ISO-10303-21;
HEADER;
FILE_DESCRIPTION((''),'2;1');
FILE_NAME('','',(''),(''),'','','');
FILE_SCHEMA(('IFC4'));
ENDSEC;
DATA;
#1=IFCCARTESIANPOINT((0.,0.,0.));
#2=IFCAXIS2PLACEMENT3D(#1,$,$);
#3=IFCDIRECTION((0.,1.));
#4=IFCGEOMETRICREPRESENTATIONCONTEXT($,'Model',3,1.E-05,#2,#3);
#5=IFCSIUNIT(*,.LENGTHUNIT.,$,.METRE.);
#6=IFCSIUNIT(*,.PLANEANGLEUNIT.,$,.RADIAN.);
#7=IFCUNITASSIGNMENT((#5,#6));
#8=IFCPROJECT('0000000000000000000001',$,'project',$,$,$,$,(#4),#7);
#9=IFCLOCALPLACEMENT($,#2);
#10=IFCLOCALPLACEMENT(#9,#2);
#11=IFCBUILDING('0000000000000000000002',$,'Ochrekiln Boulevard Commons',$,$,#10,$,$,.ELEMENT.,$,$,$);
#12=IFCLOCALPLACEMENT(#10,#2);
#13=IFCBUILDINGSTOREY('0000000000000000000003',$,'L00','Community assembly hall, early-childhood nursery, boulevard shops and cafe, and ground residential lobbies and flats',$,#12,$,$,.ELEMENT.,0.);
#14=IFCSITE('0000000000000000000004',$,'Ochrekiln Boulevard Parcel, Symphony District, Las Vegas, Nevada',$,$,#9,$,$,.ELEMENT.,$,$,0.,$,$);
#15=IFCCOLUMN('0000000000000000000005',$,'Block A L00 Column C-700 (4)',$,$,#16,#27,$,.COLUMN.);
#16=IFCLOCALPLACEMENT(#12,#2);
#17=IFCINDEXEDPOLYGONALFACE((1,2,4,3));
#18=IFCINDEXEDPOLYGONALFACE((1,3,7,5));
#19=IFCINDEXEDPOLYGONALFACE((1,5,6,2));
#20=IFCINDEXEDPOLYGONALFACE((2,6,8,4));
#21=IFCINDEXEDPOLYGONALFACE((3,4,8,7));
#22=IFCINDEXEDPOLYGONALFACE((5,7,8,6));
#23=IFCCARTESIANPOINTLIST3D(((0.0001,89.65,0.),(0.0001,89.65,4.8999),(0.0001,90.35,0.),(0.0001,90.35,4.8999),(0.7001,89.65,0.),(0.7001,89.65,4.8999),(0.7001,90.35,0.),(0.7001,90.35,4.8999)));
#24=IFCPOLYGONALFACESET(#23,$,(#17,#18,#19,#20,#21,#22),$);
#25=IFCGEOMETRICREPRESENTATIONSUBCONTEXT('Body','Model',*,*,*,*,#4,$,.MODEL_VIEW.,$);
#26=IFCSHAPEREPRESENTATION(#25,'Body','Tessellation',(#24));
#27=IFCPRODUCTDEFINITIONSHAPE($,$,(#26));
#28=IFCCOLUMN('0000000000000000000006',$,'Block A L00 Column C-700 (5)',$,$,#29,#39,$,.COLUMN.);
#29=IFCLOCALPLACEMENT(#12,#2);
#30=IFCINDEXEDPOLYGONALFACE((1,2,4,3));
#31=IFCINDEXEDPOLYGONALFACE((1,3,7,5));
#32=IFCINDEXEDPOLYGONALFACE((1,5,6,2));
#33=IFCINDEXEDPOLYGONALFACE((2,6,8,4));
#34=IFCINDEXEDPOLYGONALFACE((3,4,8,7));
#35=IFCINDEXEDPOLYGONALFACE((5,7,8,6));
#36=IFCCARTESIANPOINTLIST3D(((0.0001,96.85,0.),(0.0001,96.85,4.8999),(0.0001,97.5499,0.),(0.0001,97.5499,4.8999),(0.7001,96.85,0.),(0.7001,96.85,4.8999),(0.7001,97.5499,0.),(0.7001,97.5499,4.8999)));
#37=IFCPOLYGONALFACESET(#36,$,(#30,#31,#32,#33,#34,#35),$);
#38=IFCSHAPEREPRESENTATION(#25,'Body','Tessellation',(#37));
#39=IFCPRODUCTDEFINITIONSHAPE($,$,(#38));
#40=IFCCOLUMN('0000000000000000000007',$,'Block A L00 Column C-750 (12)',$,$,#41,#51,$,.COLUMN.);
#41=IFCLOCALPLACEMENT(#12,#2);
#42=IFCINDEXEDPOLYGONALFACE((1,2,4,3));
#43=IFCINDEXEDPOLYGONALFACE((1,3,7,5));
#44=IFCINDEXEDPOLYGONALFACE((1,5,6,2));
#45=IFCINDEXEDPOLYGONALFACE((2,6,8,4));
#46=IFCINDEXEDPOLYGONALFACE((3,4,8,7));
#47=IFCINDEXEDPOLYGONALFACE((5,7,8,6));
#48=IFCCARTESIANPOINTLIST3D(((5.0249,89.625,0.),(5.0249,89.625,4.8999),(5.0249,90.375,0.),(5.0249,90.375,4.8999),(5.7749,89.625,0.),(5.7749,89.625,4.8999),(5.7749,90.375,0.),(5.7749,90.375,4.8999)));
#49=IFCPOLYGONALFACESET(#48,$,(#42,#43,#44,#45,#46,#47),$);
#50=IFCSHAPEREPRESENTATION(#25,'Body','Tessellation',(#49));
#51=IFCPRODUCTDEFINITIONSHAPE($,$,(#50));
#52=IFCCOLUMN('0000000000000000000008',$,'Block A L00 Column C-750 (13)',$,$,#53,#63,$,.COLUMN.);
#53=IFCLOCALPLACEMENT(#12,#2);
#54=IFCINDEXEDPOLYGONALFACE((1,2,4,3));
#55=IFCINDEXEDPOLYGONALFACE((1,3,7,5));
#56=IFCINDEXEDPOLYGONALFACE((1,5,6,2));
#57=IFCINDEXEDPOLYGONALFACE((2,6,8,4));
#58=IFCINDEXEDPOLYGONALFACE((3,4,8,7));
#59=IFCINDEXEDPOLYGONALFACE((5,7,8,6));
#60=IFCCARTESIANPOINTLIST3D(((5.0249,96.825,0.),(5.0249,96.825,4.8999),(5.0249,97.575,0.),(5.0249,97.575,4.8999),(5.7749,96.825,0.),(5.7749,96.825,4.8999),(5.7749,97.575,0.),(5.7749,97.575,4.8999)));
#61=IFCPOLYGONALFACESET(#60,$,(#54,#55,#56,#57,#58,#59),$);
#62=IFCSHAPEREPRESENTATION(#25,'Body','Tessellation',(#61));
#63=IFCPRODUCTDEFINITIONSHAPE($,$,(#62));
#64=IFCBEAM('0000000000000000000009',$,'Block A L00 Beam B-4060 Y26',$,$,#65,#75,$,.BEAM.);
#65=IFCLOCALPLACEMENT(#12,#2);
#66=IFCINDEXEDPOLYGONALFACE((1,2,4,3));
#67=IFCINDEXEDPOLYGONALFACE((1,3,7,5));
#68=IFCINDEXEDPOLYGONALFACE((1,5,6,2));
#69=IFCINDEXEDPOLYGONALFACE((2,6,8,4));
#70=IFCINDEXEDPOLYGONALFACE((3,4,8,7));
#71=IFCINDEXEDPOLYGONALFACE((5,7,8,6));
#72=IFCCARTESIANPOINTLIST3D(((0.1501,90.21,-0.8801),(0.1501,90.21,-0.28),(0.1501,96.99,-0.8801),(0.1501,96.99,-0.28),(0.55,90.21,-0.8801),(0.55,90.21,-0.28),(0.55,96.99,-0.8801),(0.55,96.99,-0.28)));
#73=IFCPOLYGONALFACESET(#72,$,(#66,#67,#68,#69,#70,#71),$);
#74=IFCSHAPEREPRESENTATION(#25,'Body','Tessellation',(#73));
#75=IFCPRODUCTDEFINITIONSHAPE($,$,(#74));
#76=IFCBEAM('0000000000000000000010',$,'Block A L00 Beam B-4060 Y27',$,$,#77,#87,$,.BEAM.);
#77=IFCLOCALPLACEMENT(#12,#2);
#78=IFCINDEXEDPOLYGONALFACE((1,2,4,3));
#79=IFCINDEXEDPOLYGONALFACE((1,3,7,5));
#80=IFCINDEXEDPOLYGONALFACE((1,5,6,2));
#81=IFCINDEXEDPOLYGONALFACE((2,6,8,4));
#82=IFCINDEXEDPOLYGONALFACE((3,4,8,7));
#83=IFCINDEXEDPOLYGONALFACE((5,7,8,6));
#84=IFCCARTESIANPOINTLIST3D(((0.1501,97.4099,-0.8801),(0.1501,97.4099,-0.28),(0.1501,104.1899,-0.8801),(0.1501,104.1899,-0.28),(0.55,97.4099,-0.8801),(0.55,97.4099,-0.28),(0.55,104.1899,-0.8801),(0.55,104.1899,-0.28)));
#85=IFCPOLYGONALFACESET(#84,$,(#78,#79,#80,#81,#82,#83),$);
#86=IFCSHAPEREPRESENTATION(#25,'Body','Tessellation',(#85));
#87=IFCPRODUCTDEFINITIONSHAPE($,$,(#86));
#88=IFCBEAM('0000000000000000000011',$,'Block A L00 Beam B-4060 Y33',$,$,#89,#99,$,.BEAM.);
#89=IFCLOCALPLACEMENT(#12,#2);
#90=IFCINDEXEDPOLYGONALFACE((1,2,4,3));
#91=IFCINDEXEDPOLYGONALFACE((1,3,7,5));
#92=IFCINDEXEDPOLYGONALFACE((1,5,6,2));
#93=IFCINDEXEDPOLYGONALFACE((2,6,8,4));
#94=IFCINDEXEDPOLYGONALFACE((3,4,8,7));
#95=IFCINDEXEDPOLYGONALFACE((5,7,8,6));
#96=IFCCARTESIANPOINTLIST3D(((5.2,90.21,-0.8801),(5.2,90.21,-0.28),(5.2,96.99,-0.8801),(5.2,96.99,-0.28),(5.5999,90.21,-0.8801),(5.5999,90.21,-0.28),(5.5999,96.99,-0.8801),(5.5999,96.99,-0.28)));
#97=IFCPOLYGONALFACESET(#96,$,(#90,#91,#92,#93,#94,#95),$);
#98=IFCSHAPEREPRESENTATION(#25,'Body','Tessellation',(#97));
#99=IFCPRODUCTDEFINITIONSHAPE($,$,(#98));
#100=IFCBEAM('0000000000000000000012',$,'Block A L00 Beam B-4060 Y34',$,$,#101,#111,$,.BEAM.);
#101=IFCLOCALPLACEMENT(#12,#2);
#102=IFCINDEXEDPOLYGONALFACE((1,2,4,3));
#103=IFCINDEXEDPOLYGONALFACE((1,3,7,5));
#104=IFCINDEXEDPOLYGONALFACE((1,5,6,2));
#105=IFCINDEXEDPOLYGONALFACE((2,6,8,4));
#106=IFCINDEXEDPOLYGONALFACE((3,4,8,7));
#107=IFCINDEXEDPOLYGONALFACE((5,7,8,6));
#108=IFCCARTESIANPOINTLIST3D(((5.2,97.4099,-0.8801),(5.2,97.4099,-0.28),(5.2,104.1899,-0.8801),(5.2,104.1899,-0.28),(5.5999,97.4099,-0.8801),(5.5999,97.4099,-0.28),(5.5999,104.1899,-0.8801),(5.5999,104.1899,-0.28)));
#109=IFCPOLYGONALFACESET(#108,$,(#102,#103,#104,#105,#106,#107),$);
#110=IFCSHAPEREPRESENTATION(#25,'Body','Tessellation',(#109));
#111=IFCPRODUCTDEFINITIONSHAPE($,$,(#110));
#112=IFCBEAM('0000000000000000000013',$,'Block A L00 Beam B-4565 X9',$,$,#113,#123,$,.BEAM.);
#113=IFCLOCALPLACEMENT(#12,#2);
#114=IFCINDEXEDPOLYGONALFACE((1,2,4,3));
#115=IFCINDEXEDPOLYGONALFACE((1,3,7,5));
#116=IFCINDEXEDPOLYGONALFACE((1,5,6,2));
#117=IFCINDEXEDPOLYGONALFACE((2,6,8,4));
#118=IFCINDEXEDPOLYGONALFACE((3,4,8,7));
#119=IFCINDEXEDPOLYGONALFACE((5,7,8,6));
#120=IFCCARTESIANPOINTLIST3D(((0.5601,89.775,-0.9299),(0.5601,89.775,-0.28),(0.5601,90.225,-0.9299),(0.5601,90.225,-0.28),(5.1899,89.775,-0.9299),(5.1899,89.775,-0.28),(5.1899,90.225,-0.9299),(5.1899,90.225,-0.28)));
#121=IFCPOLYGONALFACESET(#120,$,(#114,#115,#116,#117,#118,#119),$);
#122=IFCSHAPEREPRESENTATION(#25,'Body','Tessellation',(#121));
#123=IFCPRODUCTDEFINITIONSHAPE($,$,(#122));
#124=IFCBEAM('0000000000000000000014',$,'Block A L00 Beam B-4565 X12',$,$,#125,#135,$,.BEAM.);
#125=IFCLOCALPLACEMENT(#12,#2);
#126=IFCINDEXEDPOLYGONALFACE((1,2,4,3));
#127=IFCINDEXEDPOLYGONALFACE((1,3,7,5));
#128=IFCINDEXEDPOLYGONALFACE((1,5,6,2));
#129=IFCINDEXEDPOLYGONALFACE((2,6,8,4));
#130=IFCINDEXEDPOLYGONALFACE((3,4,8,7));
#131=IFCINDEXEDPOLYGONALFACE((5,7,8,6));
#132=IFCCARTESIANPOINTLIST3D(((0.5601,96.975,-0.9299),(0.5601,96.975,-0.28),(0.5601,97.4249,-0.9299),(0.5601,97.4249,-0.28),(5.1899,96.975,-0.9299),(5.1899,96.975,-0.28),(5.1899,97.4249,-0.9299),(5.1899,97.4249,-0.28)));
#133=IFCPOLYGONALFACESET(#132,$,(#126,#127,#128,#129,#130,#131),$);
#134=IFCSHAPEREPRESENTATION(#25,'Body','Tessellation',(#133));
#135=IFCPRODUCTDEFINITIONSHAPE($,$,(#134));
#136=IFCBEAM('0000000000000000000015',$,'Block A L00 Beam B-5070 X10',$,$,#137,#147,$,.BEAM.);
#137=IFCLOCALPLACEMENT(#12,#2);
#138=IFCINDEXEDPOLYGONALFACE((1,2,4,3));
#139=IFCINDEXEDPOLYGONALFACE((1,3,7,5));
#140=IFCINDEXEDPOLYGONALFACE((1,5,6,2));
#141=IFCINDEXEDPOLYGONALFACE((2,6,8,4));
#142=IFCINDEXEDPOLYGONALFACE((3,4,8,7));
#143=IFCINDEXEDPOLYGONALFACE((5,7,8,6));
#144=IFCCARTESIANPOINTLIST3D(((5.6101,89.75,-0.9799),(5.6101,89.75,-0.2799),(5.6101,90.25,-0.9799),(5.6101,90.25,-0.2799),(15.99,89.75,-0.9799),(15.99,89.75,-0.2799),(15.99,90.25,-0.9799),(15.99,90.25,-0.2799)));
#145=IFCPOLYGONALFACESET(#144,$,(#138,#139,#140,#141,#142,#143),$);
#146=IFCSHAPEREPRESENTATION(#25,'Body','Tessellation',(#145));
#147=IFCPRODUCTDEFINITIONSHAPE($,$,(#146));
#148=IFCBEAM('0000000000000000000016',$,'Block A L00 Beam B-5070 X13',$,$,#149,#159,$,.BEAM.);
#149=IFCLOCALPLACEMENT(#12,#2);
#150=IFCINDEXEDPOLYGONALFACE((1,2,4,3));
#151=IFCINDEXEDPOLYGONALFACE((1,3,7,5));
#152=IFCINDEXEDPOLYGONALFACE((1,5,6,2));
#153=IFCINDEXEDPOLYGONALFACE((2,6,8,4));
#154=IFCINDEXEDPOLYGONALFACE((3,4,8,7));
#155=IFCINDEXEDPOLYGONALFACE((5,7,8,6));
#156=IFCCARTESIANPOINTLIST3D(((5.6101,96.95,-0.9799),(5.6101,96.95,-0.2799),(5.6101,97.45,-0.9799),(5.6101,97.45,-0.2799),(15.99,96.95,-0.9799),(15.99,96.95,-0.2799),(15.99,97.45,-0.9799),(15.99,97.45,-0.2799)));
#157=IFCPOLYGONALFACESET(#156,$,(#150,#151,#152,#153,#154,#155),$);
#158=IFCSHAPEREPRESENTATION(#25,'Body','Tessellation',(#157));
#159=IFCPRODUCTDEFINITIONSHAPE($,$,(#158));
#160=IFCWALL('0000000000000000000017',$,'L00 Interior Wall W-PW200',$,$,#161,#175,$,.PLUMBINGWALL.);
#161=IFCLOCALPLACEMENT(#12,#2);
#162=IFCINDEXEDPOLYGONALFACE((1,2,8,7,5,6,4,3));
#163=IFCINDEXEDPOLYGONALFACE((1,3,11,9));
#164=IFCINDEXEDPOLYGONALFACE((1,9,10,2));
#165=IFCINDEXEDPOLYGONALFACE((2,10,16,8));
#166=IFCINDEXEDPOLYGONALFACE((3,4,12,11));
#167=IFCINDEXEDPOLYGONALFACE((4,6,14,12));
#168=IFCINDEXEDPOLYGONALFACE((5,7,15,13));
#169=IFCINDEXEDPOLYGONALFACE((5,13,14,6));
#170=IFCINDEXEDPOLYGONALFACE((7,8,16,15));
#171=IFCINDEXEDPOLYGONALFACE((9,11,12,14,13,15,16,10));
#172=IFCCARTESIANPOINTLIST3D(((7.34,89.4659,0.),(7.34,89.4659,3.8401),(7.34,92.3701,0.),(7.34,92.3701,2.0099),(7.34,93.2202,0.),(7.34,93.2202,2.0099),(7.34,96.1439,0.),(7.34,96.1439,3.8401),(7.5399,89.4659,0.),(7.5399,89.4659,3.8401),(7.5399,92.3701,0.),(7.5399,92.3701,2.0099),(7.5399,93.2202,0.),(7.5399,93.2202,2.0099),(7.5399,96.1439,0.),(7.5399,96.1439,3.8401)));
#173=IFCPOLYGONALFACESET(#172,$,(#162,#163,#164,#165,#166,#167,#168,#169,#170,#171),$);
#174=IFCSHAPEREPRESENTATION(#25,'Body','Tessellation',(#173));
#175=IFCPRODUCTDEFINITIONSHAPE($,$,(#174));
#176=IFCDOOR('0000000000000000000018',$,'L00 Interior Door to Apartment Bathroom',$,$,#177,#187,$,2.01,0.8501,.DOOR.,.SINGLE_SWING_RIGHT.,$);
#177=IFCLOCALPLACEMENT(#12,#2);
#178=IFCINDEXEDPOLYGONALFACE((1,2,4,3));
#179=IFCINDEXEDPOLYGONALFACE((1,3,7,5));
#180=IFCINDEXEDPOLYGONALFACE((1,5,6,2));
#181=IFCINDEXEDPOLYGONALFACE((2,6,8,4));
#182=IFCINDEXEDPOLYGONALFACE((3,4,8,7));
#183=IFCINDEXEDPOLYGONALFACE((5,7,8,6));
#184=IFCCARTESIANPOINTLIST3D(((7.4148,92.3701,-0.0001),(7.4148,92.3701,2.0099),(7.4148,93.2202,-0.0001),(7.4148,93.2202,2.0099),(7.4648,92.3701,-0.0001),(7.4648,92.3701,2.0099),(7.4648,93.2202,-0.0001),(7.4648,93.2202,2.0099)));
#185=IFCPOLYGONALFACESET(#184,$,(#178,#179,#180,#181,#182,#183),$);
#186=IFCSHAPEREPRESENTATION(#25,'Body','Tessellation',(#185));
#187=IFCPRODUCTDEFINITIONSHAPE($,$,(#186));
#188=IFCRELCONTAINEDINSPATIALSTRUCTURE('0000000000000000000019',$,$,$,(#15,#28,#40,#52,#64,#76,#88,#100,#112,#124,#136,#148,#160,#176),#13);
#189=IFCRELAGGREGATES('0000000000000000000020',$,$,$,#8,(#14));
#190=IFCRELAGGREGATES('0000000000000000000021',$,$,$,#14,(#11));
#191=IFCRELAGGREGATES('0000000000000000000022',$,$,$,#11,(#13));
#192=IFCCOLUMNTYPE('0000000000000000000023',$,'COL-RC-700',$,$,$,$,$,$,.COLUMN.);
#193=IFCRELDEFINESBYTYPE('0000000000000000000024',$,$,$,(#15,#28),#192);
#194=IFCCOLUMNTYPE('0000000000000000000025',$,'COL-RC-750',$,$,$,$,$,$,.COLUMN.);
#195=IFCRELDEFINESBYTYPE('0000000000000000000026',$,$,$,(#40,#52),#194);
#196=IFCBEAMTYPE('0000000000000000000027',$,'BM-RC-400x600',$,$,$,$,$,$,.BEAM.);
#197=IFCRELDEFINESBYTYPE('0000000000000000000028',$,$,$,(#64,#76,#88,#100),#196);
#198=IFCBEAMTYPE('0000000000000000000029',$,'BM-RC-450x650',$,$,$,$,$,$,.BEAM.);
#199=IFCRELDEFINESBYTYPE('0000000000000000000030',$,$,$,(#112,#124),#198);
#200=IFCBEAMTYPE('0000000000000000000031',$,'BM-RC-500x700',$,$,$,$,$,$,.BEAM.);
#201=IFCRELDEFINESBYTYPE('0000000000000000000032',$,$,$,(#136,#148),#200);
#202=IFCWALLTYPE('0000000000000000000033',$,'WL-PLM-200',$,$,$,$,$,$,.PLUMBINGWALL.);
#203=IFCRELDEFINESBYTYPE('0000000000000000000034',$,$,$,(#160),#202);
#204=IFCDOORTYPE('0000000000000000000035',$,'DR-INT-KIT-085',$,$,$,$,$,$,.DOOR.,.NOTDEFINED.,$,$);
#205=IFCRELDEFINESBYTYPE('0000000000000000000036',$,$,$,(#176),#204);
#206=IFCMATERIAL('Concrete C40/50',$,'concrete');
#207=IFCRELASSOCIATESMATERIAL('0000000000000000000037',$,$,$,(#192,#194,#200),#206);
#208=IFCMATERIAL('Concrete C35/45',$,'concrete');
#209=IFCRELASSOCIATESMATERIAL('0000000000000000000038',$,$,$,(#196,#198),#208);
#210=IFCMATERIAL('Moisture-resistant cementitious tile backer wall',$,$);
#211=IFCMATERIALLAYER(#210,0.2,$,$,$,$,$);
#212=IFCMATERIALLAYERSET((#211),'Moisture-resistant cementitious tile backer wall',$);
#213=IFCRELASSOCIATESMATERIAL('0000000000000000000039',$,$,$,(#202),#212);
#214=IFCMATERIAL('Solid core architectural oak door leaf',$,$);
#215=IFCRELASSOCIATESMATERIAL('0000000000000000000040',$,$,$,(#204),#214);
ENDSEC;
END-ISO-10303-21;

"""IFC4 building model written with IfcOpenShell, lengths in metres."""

from ifc_helpers import new_model, si_unit, direction, frame, frame_2d, origin, origin_2d, place, context, subcontext, project, spatial, rectangle, extrude, material, layer, layer_set, material_profile, profile_set, type_object, element, fill, save


model = new_model("IFC4")

# Units and contexts
model_context = context("Model", 3, precision=1e-05, world=origin(), true_north=direction((0.0, 1.0)))
body_context = subcontext(model_context, "Body", "Model", "MODEL_VIEW")
ifc_project = project(units=[si_unit("LENGTHUNIT", "METRE"), si_unit("PLANEANGLEUNIT", "RADIAN")], contexts=[model_context])

# Site, building, storey
site_placement = place(None, origin())
site = spatial("IfcSite", under=ifc_project, at=site_placement, Name="Ochrekiln Boulevard Parcel, Symphony District, Las Vegas, Nevada", CompositionType="ELEMENT", RefElevation=0.0)
building_placement = place(site_placement, origin())
building = spatial("IfcBuilding", under=site, at=building_placement, Name="Ochrekiln Boulevard Commons", CompositionType="ELEMENT")
storey_placement = place(building_placement, origin())
storey = spatial("IfcBuildingStorey", under=building, at=storey_placement, Name="L00", Description="Community assembly hall, early-childhood nursery, boulevard shops and cafe, and ground residential lobbies and flats", CompositionType="ELEMENT", Elevation=0.0)

# Columns
ifc_material_1 = material(Name="Concrete C40/50", Category="concrete")
ifc_material_profile_1 = material_profile(ifc_material_1, rectangle(XDim=0.7, YDim=0.7, at=origin_2d()), Name="RC-COL-700x700")
ifc_profile_set_1 = profile_set([ifc_material_profile_1], Name="Concrete C40/50")
column_type_1 = type_object("IfcColumnType", Name="COL-RC-700", PredefinedType="COLUMN", material=ifc_profile_set_1)
for number, where, z_axis, x_axis, name in (
    (1, (0.3501, 90.0, 0.0), (0.0, 0.0, 1.0), (1.0, 0.0, 0.0), "Block A L00 Column C-700 (4)"),
    (2, (0.3501, 97.2, 0.0), (0.0, 0.0, 1.0), (1.0, 0.0, 0.0), "Block A L00 Column C-700 (5)"),
):
    element("IfcColumn", number, at=place(storey_placement, frame(where, z_axis=z_axis, x_axis=x_axis)), inside=storey, type_object=column_type_1, Name=name, PredefinedType="COLUMN", context=body_context, shape_type="SweptSolid", body=[
        extrude(rectangle(XDim=0.7, YDim=0.7, at=origin_2d()), origin(), (0.0, 0.0, 1.0), 4.8999),
    ])
ifc_material_profile_2 = material_profile(ifc_material_1, rectangle(XDim=0.75, YDim=0.75, at=origin_2d()), Name="RC-COL-750x750")
ifc_profile_set_2 = profile_set([ifc_material_profile_2], Name="Concrete C40/50")
column_type_2 = type_object("IfcColumnType", Name="COL-RC-750", PredefinedType="COLUMN", material=ifc_profile_set_2)
for number, where, z_axis, x_axis, name in (
    (3, (5.3999, 90.0, 0.0), (0.0, 0.0, 1.0), (1.0, 0.0, 0.0), "Block A L00 Column C-750 (12)"),
    (4, (5.3999, 97.2, 0.0), (0.0, 0.0, 1.0), (1.0, 0.0, 0.0), "Block A L00 Column C-750 (13)"),
):
    element("IfcColumn", number, at=place(storey_placement, frame(where, z_axis=z_axis, x_axis=x_axis)), inside=storey, type_object=column_type_2, Name=name, PredefinedType="COLUMN", context=body_context, shape_type="SweptSolid", body=[
        extrude(rectangle(XDim=0.75, YDim=0.75, at=origin_2d()), origin(), (0.0, 0.0, 1.0), 4.8999),
    ])

# Beams
ifc_material_2 = material(Name="Concrete C35/45", Category="concrete")
ifc_material_profile_3 = material_profile(ifc_material_2, rectangle(XDim=0.3999, YDim=0.6001, at=origin_2d()), Name="RC-BM-400x600")
ifc_profile_set_3 = profile_set([ifc_material_profile_3], Name="Concrete C35/45")
beam_type_1 = type_object("IfcBeamType", Name="BM-RC-400x600", PredefinedType="BEAM", material=ifc_profile_set_3)
for number, where, z_axis, x_axis, name in (
    (5, (0.3501, 90.21, -0.5801), (0.0, 1.0, 0.0), (-1.0, 0.0, 0.0), "Block A L00 Beam B-4060 Y26"),
    (6, (0.3501, 97.4099, -0.5801), (0.0, 1.0, 0.0), (-1.0, 0.0, 0.0), "Block A L00 Beam B-4060 Y27"),
    (7, (5.3999, 90.21, -0.5801), (0.0, 1.0, 0.0), (-1.0, 0.0, 0.0), "Block A L00 Beam B-4060 Y33"),
    (8, (5.3999, 97.4099, -0.5801), (0.0, 1.0, 0.0), (-1.0, 0.0, 0.0), "Block A L00 Beam B-4060 Y34"),
):
    element("IfcBeam", number, at=place(storey_placement, frame(where, z_axis=z_axis, x_axis=x_axis)), inside=storey, type_object=beam_type_1, Name=name, PredefinedType="BEAM", context=body_context, shape_type="SweptSolid", body=[
        extrude(rectangle(XDim=0.3999, YDim=0.6001, at=origin_2d()), origin(), (0.0, 0.0, 1.0), 6.78),
    ])
ifc_material_profile_4 = material_profile(ifc_material_2, rectangle(XDim=0.45, YDim=0.6499, at=origin_2d()), Name="RC-BM-450x650")
ifc_profile_set_4 = profile_set([ifc_material_profile_4], Name="Concrete C35/45")
beam_type_2 = type_object("IfcBeamType", Name="BM-RC-450x650", PredefinedType="BEAM", material=ifc_profile_set_4)
for number, where, z_axis, x_axis, name in (
    (9, (0.5601, 90.0, -0.605), (1.0, 0.0, 0.0), (0.0, 1.0, 0.0), "Block A L00 Beam B-4565 X9"),
    (10, (0.5601, 97.2, -0.605), (1.0, 0.0, 0.0), (0.0, 1.0, 0.0), "Block A L00 Beam B-4565 X12"),
):
    element("IfcBeam", number, at=place(storey_placement, frame(where, z_axis=z_axis, x_axis=x_axis)), inside=storey, type_object=beam_type_2, Name=name, PredefinedType="BEAM", context=body_context, shape_type="SweptSolid", body=[
        extrude(rectangle(XDim=0.45, YDim=0.6499, at=origin_2d()), origin(), (0.0, 0.0, 1.0), 4.6299),
    ])
ifc_material_profile_5 = material_profile(ifc_material_1, rectangle(XDim=0.5, YDim=0.7, at=origin_2d()), Name="RC-BM-500x700")
ifc_profile_set_5 = profile_set([ifc_material_profile_5], Name="Concrete C40/50")
beam_type_3 = type_object("IfcBeamType", Name="BM-RC-500x700", PredefinedType="BEAM", material=ifc_profile_set_5)
for number, where, z_axis, x_axis, name in (
    (11, (5.6101, 90.0, -0.6299), (1.0, 0.0, 0.0), (0.0, 1.0, 0.0), "Block A L00 Beam B-5070 X10"),
    (12, (5.6101, 97.2, -0.6299), (1.0, 0.0, 0.0), (0.0, 1.0, 0.0), "Block A L00 Beam B-5070 X13"),
):
    element("IfcBeam", number, at=place(storey_placement, frame(where, z_axis=z_axis, x_axis=x_axis)), inside=storey, type_object=beam_type_3, Name=name, PredefinedType="BEAM", context=body_context, shape_type="SweptSolid", body=[
        extrude(rectangle(XDim=0.5, YDim=0.7, at=origin_2d()), origin(), (0.0, 0.0, 1.0), 10.3799),
    ])

# Wall, opening, door
ifc_material_3 = material(Name="Moisture-resistant cementitious tile backer wall")
ifc_layer_1 = layer(ifc_material_3, 0.2)
ifc_layer_set_1 = layer_set([ifc_layer_1], Name="Moisture-resistant cementitious tile backer wall")
wall_type_1 = type_object("IfcWallType", Name="WL-PLM-200", PredefinedType="PLUMBINGWALL", material=ifc_layer_set_1)
wall_1_placement = place(storey_placement, frame((7.4399, 89.4661, 0.0), z_axis=(0.0, 0.0, 1.0), x_axis=(0.0, 1.0, 0.0)))
wall_1 = element("IfcWall", 13, at=wall_1_placement, inside=storey, type_object=wall_type_1, Name="L00 Interior Wall W-PW200", PredefinedType="PLUMBINGWALL", context=body_context, shape_type="SweptSolid", body=[
    extrude(rectangle(XDim=6.678, YDim=0.2, at=frame_2d((3.3389, 0.0))), origin(), (0.0, 0.0, 1.0), 3.8401),
])
opening_1_placement = place(wall_1_placement, frame((2.9041, 0.0, 0.0)))
opening_1 = element("IfcOpeningElement", 14, at=opening_1_placement, cuts=wall_1, PredefinedType="OPENING", context=body_context, shape_type="SweptSolid", body=[
    extrude(rectangle(XDim=0.8501, YDim=2.01, at=frame_2d((0.425, 1.0049))), frame((0.0, 0.1099, 0.0), z_axis=(0.0, -1.0, 0.0), x_axis=(1.0, 0.0, 0.0)), (0.0, 0.0, 1.0), 0.22),
])
ifc_material_4 = material(Name="Solid core architectural oak door leaf")
door_type_1 = type_object("IfcDoorType", Name="DR-INT-KIT-085", OperationType="NOTDEFINED", PredefinedType="DOOR", material=ifc_material_4)
door_1_placement = place(opening_1_placement, frame((0.8501, 0.0, 0.0), z_axis=(0.0, 0.0, 1.0), x_axis=(-1.0, 0.0, 0.0)))
door_1 = element("IfcDoor", 15, at=door_1_placement, inside=storey, type_object=door_type_1, Name="L00 Interior Door to Apartment Bathroom", OperationType="SINGLE_SWING_RIGHT", OverallHeight=2.01, OverallWidth=0.8501, PredefinedType="DOOR", context=body_context, shape_type="SweptSolid", body=[
    extrude(rectangle(XDim=0.8501, YDim=2.01, at=frame_2d((0.425, 1.0049))), frame((0.0, 0.0249, 0.0), z_axis=(0.0, -1.0, 0.0), x_axis=(1.0, 0.0, 0.0)), (0.0, 0.0, 1.0), 0.05),
])
fill(opening_1, door_1)

save(model, "model.ifc")
